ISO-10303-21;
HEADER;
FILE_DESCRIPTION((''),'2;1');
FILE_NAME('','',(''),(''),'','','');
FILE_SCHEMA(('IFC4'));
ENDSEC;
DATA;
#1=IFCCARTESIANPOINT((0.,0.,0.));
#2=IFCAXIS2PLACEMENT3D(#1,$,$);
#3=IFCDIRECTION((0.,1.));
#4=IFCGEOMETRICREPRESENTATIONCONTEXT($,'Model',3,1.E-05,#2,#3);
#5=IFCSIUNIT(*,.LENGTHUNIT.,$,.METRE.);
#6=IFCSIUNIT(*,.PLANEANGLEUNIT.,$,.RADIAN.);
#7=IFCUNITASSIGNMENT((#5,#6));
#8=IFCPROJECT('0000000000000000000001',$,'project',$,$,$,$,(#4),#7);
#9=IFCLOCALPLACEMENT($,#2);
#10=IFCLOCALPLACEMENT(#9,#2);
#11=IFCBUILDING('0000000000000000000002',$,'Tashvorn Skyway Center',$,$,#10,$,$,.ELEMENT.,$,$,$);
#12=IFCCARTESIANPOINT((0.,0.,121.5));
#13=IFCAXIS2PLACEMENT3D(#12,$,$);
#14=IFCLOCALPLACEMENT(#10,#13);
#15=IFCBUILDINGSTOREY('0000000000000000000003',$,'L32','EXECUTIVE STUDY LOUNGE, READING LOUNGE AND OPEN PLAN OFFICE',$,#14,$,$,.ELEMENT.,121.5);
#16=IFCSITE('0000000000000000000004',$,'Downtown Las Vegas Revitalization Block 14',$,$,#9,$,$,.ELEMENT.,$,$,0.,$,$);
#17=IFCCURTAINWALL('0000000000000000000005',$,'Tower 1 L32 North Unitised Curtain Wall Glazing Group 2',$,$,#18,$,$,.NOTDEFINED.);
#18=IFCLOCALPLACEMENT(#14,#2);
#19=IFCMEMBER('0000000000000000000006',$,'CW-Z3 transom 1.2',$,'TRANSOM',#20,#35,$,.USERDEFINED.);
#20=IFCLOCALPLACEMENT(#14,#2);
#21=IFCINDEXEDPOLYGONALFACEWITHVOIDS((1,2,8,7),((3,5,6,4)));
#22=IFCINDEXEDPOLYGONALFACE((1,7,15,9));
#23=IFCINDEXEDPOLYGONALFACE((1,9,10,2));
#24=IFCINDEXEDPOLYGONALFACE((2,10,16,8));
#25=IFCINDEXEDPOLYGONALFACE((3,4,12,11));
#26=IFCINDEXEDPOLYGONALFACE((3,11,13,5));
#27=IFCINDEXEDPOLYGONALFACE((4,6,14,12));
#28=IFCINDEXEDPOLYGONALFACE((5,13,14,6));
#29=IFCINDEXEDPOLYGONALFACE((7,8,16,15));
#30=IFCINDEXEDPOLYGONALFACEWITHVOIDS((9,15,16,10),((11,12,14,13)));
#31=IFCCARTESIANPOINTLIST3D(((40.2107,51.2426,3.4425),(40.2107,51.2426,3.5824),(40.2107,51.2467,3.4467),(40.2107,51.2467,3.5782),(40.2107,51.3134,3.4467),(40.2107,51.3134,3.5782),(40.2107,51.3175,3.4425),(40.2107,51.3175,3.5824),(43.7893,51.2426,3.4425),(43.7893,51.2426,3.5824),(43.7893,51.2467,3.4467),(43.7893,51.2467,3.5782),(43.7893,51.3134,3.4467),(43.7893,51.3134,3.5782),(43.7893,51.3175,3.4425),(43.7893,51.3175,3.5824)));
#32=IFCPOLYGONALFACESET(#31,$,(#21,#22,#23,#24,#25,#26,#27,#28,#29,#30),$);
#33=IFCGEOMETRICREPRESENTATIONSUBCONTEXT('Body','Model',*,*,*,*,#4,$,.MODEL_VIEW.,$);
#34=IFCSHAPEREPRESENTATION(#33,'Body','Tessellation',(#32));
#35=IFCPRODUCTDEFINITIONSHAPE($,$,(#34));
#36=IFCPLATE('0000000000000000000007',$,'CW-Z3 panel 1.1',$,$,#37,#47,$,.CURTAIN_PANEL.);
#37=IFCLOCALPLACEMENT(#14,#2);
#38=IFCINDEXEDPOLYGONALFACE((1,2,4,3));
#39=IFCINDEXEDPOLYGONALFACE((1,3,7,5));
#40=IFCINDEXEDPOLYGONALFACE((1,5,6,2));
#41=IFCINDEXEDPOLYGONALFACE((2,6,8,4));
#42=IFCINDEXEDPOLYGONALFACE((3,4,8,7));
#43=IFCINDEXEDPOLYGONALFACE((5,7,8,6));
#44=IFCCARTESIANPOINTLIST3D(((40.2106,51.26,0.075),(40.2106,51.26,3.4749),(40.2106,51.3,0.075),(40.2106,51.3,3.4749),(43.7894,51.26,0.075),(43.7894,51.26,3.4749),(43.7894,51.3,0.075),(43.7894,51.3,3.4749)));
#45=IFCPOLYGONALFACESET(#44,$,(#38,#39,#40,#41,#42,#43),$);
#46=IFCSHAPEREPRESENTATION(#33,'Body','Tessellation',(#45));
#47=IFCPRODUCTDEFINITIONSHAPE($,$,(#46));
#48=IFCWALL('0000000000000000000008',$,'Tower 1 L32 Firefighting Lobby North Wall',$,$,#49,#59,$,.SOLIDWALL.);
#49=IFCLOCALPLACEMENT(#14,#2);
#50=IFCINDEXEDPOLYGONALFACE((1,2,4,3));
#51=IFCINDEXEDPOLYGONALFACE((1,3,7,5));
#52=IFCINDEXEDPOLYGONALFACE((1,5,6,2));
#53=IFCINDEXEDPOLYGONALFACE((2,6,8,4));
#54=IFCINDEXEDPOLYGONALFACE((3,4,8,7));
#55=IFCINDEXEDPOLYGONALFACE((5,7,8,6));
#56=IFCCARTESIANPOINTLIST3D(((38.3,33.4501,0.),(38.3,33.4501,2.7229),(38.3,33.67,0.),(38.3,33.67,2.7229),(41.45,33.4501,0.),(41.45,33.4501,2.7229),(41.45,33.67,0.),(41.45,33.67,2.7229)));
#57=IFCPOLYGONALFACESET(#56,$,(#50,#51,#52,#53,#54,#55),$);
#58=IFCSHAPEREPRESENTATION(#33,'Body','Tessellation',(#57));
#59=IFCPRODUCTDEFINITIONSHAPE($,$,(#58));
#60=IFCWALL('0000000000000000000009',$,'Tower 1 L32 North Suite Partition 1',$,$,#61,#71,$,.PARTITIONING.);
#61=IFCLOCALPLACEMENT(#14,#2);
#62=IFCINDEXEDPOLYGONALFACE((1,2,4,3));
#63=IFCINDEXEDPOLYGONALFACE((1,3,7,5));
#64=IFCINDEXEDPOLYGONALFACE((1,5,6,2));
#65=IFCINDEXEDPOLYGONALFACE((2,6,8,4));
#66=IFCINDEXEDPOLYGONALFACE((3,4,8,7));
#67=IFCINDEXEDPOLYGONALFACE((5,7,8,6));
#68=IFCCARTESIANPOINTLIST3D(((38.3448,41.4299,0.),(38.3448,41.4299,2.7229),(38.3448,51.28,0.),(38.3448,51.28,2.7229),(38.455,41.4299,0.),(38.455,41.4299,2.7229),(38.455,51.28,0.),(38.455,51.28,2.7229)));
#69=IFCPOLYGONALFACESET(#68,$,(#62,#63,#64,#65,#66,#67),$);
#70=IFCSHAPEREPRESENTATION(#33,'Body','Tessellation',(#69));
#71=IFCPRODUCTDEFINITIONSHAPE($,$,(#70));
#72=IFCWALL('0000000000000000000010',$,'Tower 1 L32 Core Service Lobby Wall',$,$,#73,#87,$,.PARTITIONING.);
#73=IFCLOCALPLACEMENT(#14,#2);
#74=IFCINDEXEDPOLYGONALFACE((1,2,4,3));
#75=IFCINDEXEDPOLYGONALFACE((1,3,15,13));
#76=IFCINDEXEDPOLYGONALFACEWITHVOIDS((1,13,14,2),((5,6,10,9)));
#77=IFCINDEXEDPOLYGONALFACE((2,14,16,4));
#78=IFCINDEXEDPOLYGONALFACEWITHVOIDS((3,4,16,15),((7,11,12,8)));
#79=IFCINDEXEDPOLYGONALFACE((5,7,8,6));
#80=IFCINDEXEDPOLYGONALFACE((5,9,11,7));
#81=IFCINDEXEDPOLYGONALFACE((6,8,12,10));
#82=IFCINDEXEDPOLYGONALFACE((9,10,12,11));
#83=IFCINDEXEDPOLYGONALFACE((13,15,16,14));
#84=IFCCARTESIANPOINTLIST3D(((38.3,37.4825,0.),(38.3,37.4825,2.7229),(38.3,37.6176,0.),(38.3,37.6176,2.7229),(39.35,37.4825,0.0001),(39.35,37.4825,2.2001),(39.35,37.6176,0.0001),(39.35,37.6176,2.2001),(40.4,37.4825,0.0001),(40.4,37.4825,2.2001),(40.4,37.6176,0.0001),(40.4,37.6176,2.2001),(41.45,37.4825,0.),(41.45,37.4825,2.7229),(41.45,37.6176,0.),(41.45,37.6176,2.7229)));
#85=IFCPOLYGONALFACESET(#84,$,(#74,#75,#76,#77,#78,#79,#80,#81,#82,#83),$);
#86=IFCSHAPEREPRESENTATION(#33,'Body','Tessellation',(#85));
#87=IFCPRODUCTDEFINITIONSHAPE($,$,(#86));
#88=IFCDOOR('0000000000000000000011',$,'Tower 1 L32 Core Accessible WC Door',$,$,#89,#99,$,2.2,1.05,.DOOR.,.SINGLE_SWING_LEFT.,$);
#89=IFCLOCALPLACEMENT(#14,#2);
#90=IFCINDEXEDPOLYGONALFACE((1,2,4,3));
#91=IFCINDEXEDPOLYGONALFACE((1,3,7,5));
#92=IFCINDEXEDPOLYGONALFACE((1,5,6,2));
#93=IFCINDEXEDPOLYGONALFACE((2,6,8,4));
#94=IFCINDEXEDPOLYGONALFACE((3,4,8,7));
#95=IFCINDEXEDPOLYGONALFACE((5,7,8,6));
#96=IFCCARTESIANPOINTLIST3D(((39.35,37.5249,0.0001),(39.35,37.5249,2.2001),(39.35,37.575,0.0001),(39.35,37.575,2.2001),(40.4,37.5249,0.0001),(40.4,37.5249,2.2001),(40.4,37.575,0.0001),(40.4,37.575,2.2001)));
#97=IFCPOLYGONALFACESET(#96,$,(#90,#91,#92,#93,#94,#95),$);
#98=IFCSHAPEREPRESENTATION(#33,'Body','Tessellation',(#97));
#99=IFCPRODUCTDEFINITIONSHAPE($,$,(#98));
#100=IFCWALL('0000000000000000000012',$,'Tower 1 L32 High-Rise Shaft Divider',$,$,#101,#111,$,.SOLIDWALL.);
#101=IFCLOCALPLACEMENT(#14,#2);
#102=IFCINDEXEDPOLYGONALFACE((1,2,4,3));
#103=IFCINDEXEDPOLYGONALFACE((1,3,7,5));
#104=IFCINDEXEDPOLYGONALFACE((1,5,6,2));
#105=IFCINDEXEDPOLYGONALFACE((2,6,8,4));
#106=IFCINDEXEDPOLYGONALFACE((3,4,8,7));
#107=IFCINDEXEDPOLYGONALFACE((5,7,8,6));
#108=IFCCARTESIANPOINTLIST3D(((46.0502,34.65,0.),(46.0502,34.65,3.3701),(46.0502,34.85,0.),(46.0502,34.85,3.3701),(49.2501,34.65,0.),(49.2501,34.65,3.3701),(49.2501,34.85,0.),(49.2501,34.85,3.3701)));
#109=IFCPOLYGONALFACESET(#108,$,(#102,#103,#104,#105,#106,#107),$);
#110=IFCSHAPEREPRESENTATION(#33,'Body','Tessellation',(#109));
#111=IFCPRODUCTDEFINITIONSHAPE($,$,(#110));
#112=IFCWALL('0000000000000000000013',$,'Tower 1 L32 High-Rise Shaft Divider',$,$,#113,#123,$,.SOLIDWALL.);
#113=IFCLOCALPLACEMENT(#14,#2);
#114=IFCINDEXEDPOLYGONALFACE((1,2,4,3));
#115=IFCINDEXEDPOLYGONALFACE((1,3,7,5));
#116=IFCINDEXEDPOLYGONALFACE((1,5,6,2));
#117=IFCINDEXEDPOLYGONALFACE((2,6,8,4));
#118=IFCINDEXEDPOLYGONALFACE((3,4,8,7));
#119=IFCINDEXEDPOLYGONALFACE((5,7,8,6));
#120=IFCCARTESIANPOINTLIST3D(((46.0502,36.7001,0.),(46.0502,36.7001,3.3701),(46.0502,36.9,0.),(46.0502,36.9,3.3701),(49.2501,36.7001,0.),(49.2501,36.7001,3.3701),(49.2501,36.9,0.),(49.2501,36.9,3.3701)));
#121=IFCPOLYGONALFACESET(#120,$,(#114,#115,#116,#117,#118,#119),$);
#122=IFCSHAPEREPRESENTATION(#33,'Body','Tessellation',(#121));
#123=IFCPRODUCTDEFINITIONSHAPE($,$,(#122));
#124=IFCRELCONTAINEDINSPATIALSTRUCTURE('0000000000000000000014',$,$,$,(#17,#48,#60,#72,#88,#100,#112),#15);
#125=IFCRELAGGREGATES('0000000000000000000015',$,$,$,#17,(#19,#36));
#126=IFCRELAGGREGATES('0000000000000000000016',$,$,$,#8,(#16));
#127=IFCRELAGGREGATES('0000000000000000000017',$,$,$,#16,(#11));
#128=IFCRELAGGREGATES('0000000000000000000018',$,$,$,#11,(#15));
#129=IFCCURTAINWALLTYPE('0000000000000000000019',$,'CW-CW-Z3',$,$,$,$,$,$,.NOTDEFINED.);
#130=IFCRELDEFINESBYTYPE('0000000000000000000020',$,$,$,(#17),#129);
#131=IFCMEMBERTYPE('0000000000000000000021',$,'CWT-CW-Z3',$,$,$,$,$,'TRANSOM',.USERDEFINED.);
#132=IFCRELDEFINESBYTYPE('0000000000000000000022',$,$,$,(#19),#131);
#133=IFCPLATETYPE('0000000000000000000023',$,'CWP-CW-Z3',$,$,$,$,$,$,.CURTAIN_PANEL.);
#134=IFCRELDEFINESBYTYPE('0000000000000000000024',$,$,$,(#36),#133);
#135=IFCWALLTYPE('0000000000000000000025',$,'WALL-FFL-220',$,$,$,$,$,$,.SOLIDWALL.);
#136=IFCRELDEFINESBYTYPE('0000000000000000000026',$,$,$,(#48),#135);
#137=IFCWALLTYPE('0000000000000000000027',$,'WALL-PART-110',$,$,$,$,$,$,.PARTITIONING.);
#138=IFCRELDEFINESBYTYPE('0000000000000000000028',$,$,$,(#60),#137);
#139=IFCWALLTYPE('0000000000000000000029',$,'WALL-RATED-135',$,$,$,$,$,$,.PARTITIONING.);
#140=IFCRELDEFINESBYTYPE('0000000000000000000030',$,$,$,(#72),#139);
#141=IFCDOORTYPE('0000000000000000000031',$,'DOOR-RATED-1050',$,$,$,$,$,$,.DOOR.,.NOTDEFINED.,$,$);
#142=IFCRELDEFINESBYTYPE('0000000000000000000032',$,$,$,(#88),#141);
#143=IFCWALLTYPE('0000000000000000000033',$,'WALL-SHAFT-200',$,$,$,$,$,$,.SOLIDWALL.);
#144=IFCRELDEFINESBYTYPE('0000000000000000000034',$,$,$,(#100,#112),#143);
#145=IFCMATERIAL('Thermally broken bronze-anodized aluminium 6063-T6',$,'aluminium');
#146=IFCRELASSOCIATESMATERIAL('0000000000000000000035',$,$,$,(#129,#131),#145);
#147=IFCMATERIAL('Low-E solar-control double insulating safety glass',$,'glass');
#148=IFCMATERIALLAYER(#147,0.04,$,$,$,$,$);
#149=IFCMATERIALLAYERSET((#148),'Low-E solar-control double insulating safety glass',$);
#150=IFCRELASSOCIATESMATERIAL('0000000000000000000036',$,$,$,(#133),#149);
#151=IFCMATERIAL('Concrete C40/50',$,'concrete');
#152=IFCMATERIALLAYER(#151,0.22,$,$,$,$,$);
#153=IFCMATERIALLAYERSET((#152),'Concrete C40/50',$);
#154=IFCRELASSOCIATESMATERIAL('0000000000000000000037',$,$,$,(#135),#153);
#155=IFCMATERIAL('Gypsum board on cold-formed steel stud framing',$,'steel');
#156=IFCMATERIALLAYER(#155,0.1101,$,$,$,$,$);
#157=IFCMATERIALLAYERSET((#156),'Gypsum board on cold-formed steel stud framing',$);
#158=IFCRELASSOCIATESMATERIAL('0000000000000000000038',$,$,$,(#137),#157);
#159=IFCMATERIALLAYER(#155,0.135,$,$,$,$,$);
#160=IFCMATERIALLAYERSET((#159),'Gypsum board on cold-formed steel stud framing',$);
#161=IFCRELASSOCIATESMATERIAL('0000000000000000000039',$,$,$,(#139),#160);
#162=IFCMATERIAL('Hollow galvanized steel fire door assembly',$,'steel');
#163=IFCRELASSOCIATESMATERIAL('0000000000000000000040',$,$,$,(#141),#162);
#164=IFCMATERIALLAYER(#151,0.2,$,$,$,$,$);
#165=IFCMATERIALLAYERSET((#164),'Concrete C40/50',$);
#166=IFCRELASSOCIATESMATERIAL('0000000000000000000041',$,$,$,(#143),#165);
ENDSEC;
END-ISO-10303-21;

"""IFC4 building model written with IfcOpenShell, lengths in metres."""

from ifc_helpers import new_model, si_unit, direction, frame, frame_2d, origin, origin_2d, place, context, subcontext, project, spatial, rectangle, hollow_rectangle, extrude, material, layer, layer_set, material_profile, profile_set, type_object, element, fill, aggregate, save


model = new_model("IFC4")

# Units and contexts
model_context = context("Model", 3, precision=1e-05, world=origin(), true_north=direction((0.0, 1.0)))
body_context = subcontext(model_context, "Body", "Model", "MODEL_VIEW")
ifc_project = project(units=[si_unit("LENGTHUNIT", "METRE"), si_unit("PLANEANGLEUNIT", "RADIAN")], contexts=[model_context])

# Site, building, storey
site_placement = place(None, origin())
site = spatial("IfcSite", under=ifc_project, at=site_placement, Name="Downtown Las Vegas Revitalization Block 14", CompositionType="ELEMENT", RefElevation=0.0)
building_placement = place(site_placement, origin())
building = spatial("IfcBuilding", under=site, at=building_placement, Name="Tashvorn Skyway Center", CompositionType="ELEMENT")
storey_placement = place(building_placement, frame((0.0, 0.0, 121.5)))
storey = spatial("IfcBuildingStorey", under=building, at=storey_placement, Name="L32", Description="EXECUTIVE STUDY LOUNGE, READING LOUNGE AND OPEN PLAN OFFICE", CompositionType="ELEMENT", Elevation=121.5)

# Curtain wall
ifc_material_1 = material(Name="Thermally broken bronze-anodized aluminium 6063-T6", Category="aluminium")
curtain_wall_type = type_object("IfcCurtainWallType", Name="CW-CW-Z3", PredefinedType="NOTDEFINED", material=ifc_material_1)
curtain_wall_1_placement = place(storey_placement, origin())
curtain_wall_1 = element("IfcCurtainWall", 1, at=curtain_wall_1_placement, inside=storey, type_object=curtain_wall_type, Name="Tower 1 L32 North Unitised Curtain Wall Glazing Group 2", PredefinedType="NOTDEFINED")

# Member
ifc_material_profile_1 = material_profile(ifc_material_1, hollow_rectangle(XDim=0.075, YDim=0.1399, WallThickness=0.0042, at=origin_2d()), Name="ALU-TRAN-75x140")
ifc_profile_set_1 = profile_set([ifc_material_profile_1], Name="Thermally broken bronze-anodized aluminium 6063-T6")
member_type_1 = type_object("IfcMemberType", Name="CWT-CW-Z3", ElementType="TRANSOM", PredefinedType="USERDEFINED", material=ifc_profile_set_1)
member_1_placement = place(storey_placement, frame((40.2107, 51.28, 3.5125), z_axis=(1.0, 0.0, 0.0), x_axis=(0.0, 1.0, 0.0)))
member_1 = element("IfcMember", 2, at=member_1_placement, type_object=member_type_1, Name="CW-Z3 transom 1.2", ObjectType="TRANSOM", PredefinedType="USERDEFINED", context=body_context, shape_type="SweptSolid", body=[
    extrude(hollow_rectangle(XDim=0.075, YDim=0.1399, WallThickness=0.0042, at=origin_2d()), origin(), (0.0, 0.0, 1.0), 3.5786),
])

# Plate
ifc_material_2 = material(Name="Low-E solar-control double insulating safety glass", Category="glass")
ifc_layer_1 = layer(ifc_material_2, 0.04)
ifc_layer_set_1 = layer_set([ifc_layer_1], Name="Low-E solar-control double insulating safety glass")
plate_type = type_object("IfcPlateType", Name="CWP-CW-Z3", PredefinedType="CURTAIN_PANEL", material=ifc_layer_set_1)
plate_placement = place(storey_placement, frame((42.0, 51.28, 0.075), z_axis=(0.0, 0.0, 1.0), x_axis=(1.0, 0.0, 0.0)))
plate = element("IfcPlate", 3, at=plate_placement, type_object=plate_type, Name="CW-Z3 panel 1.1", PredefinedType="CURTAIN_PANEL", context=body_context, shape_type="SweptSolid", body=[
    extrude(rectangle(XDim=3.5789, YDim=0.04, at=origin_2d()), origin(), (0.0, 0.0, 1.0), 3.3999),
])
aggregate(curtain_wall_1, [member_1, plate])

# Walls
ifc_material_3 = material(Name="Concrete C40/50", Category="concrete")
ifc_layer_2 = layer(ifc_material_3, 0.22)
ifc_layer_set_2 = layer_set([ifc_layer_2], Name="Concrete C40/50")
wall_type_1 = type_object("IfcWallType", Name="WALL-FFL-220", PredefinedType="SOLIDWALL", material=ifc_layer_set_2)
wall_1_placement = place(storey_placement, frame((38.3, 33.5601, 0.0), z_axis=(0.0, 0.0, 1.0), x_axis=(1.0, 0.0, 0.0)))
element("IfcWall", 4, at=wall_1_placement, inside=storey, type_object=wall_type_1, Name="Tower 1 L32 Firefighting Lobby North Wall", PredefinedType="SOLIDWALL", context=body_context, shape_type="SweptSolid", body=[
    extrude(rectangle(XDim=3.1499, YDim=0.22, at=frame_2d((1.575, 0.0))), origin(), (0.0, 0.0, 1.0), 2.7229),
])
ifc_material_4 = material(Name="Gypsum board on cold-formed steel stud framing", Category="steel")
ifc_layer_3 = layer(ifc_material_4, 0.1101)
ifc_layer_set_3 = layer_set([ifc_layer_3], Name="Gypsum board on cold-formed steel stud framing")
wall_type_2 = type_object("IfcWallType", Name="WALL-PART-110", PredefinedType="PARTITIONING", material=ifc_layer_set_3)
wall_2_placement = place(storey_placement, frame((38.3999, 41.4299, 0.0), z_axis=(0.0, 0.0, 1.0), x_axis=(0.0, 1.0, 0.0)))
element("IfcWall", 5, at=wall_2_placement, inside=storey, type_object=wall_type_2, Name="Tower 1 L32 North Suite Partition 1", PredefinedType="PARTITIONING", context=body_context, shape_type="SweptSolid", body=[
    extrude(rectangle(XDim=9.8501, YDim=0.1101, at=frame_2d((4.925, 0.0))), origin(), (0.0, 0.0, 1.0), 2.7229),
])

# Wall, opening, door
ifc_layer_4 = layer(ifc_material_4, 0.135)
ifc_layer_set_4 = layer_set([ifc_layer_4], Name="Gypsum board on cold-formed steel stud framing")
wall_type_3 = type_object("IfcWallType", Name="WALL-RATED-135", PredefinedType="PARTITIONING", material=ifc_layer_set_4)
wall_3_placement = place(storey_placement, frame((38.3, 37.55, 0.0), z_axis=(0.0, 0.0, 1.0), x_axis=(1.0, 0.0, 0.0)))
wall_3 = element("IfcWall", 6, at=wall_3_placement, inside=storey, type_object=wall_type_3, Name="Tower 1 L32 Core Service Lobby Wall", PredefinedType="PARTITIONING", context=body_context, shape_type="SweptSolid", body=[
    extrude(rectangle(XDim=3.1499, YDim=0.135, at=frame_2d((1.575, 0.0))), origin(), (0.0, 0.0, 1.0), 2.7229),
])
opening_1_placement = place(wall_3_placement, frame((1.05, 0.0, 0.0)))
opening_1 = element("IfcOpeningElement", 7, at=opening_1_placement, cuts=wall_3, PredefinedType="OPENING", context=body_context, shape_type="SweptSolid", body=[
    extrude(rectangle(XDim=1.05, YDim=2.2, at=frame_2d((0.5249, 1.1001))), frame((0.0, 0.0774, 0.0), z_axis=(0.0, -1.0, 0.0), x_axis=(1.0, 0.0, 0.0)), (0.0, 0.0, 1.0), 0.155),
])
ifc_material_5 = material(Name="Hollow galvanized steel fire door assembly", Category="steel")
door_type_1 = type_object("IfcDoorType", Name="DOOR-RATED-1050", OperationType="NOTDEFINED", PredefinedType="DOOR", material=ifc_material_5)
door_1_placement = place(opening_1_placement, origin())
door_1 = element("IfcDoor", 8, at=door_1_placement, inside=storey, type_object=door_type_1, Name="Tower 1 L32 Core Accessible WC Door", OperationType="SINGLE_SWING_LEFT", OverallHeight=2.2, OverallWidth=1.05, PredefinedType="DOOR", context=body_context, shape_type="SweptSolid", body=[
    extrude(rectangle(XDim=1.05, YDim=2.2, at=frame_2d((0.5249, 1.1001))), frame((0.0, 0.0249, 0.0), z_axis=(0.0, -1.0, 0.0), x_axis=(1.0, 0.0, 0.0)), (0.0, 0.0, 1.0), 0.05),
])
fill(opening_1, door_1)

# Walls
ifc_layer_5 = layer(ifc_material_3, 0.2)
ifc_layer_set_5 = layer_set([ifc_layer_5], Name="Concrete C40/50")
wall_type_4 = type_object("IfcWallType", Name="WALL-SHAFT-200", PredefinedType="SOLIDWALL", material=ifc_layer_set_5)
for number, where, z_axis, x_axis, name in (
    (9, (46.05, 34.75, 0.0), (0.0, 0.0, 1.0), (1.0, 0.0, 0.0), "Tower 1 L32 High-Rise Shaft Divider"),
    (10, (46.05, 36.8, 0.0), (0.0, 0.0, 1.0), (1.0, 0.0, 0.0), "Tower 1 L32 High-Rise Shaft Divider"),
):
    element("IfcWall", number, at=place(storey_placement, frame(where, z_axis=z_axis, x_axis=x_axis)), inside=storey, type_object=wall_type_4, Name=name, PredefinedType="SOLIDWALL", context=body_context, shape_type="SweptSolid", body=[
        extrude(rectangle(XDim=3.2, YDim=0.2, at=frame_2d((1.6001, 0.0))), origin(), (0.0, 0.0, 1.0), 3.3701),
    ])

save(model, "model.ifc")
